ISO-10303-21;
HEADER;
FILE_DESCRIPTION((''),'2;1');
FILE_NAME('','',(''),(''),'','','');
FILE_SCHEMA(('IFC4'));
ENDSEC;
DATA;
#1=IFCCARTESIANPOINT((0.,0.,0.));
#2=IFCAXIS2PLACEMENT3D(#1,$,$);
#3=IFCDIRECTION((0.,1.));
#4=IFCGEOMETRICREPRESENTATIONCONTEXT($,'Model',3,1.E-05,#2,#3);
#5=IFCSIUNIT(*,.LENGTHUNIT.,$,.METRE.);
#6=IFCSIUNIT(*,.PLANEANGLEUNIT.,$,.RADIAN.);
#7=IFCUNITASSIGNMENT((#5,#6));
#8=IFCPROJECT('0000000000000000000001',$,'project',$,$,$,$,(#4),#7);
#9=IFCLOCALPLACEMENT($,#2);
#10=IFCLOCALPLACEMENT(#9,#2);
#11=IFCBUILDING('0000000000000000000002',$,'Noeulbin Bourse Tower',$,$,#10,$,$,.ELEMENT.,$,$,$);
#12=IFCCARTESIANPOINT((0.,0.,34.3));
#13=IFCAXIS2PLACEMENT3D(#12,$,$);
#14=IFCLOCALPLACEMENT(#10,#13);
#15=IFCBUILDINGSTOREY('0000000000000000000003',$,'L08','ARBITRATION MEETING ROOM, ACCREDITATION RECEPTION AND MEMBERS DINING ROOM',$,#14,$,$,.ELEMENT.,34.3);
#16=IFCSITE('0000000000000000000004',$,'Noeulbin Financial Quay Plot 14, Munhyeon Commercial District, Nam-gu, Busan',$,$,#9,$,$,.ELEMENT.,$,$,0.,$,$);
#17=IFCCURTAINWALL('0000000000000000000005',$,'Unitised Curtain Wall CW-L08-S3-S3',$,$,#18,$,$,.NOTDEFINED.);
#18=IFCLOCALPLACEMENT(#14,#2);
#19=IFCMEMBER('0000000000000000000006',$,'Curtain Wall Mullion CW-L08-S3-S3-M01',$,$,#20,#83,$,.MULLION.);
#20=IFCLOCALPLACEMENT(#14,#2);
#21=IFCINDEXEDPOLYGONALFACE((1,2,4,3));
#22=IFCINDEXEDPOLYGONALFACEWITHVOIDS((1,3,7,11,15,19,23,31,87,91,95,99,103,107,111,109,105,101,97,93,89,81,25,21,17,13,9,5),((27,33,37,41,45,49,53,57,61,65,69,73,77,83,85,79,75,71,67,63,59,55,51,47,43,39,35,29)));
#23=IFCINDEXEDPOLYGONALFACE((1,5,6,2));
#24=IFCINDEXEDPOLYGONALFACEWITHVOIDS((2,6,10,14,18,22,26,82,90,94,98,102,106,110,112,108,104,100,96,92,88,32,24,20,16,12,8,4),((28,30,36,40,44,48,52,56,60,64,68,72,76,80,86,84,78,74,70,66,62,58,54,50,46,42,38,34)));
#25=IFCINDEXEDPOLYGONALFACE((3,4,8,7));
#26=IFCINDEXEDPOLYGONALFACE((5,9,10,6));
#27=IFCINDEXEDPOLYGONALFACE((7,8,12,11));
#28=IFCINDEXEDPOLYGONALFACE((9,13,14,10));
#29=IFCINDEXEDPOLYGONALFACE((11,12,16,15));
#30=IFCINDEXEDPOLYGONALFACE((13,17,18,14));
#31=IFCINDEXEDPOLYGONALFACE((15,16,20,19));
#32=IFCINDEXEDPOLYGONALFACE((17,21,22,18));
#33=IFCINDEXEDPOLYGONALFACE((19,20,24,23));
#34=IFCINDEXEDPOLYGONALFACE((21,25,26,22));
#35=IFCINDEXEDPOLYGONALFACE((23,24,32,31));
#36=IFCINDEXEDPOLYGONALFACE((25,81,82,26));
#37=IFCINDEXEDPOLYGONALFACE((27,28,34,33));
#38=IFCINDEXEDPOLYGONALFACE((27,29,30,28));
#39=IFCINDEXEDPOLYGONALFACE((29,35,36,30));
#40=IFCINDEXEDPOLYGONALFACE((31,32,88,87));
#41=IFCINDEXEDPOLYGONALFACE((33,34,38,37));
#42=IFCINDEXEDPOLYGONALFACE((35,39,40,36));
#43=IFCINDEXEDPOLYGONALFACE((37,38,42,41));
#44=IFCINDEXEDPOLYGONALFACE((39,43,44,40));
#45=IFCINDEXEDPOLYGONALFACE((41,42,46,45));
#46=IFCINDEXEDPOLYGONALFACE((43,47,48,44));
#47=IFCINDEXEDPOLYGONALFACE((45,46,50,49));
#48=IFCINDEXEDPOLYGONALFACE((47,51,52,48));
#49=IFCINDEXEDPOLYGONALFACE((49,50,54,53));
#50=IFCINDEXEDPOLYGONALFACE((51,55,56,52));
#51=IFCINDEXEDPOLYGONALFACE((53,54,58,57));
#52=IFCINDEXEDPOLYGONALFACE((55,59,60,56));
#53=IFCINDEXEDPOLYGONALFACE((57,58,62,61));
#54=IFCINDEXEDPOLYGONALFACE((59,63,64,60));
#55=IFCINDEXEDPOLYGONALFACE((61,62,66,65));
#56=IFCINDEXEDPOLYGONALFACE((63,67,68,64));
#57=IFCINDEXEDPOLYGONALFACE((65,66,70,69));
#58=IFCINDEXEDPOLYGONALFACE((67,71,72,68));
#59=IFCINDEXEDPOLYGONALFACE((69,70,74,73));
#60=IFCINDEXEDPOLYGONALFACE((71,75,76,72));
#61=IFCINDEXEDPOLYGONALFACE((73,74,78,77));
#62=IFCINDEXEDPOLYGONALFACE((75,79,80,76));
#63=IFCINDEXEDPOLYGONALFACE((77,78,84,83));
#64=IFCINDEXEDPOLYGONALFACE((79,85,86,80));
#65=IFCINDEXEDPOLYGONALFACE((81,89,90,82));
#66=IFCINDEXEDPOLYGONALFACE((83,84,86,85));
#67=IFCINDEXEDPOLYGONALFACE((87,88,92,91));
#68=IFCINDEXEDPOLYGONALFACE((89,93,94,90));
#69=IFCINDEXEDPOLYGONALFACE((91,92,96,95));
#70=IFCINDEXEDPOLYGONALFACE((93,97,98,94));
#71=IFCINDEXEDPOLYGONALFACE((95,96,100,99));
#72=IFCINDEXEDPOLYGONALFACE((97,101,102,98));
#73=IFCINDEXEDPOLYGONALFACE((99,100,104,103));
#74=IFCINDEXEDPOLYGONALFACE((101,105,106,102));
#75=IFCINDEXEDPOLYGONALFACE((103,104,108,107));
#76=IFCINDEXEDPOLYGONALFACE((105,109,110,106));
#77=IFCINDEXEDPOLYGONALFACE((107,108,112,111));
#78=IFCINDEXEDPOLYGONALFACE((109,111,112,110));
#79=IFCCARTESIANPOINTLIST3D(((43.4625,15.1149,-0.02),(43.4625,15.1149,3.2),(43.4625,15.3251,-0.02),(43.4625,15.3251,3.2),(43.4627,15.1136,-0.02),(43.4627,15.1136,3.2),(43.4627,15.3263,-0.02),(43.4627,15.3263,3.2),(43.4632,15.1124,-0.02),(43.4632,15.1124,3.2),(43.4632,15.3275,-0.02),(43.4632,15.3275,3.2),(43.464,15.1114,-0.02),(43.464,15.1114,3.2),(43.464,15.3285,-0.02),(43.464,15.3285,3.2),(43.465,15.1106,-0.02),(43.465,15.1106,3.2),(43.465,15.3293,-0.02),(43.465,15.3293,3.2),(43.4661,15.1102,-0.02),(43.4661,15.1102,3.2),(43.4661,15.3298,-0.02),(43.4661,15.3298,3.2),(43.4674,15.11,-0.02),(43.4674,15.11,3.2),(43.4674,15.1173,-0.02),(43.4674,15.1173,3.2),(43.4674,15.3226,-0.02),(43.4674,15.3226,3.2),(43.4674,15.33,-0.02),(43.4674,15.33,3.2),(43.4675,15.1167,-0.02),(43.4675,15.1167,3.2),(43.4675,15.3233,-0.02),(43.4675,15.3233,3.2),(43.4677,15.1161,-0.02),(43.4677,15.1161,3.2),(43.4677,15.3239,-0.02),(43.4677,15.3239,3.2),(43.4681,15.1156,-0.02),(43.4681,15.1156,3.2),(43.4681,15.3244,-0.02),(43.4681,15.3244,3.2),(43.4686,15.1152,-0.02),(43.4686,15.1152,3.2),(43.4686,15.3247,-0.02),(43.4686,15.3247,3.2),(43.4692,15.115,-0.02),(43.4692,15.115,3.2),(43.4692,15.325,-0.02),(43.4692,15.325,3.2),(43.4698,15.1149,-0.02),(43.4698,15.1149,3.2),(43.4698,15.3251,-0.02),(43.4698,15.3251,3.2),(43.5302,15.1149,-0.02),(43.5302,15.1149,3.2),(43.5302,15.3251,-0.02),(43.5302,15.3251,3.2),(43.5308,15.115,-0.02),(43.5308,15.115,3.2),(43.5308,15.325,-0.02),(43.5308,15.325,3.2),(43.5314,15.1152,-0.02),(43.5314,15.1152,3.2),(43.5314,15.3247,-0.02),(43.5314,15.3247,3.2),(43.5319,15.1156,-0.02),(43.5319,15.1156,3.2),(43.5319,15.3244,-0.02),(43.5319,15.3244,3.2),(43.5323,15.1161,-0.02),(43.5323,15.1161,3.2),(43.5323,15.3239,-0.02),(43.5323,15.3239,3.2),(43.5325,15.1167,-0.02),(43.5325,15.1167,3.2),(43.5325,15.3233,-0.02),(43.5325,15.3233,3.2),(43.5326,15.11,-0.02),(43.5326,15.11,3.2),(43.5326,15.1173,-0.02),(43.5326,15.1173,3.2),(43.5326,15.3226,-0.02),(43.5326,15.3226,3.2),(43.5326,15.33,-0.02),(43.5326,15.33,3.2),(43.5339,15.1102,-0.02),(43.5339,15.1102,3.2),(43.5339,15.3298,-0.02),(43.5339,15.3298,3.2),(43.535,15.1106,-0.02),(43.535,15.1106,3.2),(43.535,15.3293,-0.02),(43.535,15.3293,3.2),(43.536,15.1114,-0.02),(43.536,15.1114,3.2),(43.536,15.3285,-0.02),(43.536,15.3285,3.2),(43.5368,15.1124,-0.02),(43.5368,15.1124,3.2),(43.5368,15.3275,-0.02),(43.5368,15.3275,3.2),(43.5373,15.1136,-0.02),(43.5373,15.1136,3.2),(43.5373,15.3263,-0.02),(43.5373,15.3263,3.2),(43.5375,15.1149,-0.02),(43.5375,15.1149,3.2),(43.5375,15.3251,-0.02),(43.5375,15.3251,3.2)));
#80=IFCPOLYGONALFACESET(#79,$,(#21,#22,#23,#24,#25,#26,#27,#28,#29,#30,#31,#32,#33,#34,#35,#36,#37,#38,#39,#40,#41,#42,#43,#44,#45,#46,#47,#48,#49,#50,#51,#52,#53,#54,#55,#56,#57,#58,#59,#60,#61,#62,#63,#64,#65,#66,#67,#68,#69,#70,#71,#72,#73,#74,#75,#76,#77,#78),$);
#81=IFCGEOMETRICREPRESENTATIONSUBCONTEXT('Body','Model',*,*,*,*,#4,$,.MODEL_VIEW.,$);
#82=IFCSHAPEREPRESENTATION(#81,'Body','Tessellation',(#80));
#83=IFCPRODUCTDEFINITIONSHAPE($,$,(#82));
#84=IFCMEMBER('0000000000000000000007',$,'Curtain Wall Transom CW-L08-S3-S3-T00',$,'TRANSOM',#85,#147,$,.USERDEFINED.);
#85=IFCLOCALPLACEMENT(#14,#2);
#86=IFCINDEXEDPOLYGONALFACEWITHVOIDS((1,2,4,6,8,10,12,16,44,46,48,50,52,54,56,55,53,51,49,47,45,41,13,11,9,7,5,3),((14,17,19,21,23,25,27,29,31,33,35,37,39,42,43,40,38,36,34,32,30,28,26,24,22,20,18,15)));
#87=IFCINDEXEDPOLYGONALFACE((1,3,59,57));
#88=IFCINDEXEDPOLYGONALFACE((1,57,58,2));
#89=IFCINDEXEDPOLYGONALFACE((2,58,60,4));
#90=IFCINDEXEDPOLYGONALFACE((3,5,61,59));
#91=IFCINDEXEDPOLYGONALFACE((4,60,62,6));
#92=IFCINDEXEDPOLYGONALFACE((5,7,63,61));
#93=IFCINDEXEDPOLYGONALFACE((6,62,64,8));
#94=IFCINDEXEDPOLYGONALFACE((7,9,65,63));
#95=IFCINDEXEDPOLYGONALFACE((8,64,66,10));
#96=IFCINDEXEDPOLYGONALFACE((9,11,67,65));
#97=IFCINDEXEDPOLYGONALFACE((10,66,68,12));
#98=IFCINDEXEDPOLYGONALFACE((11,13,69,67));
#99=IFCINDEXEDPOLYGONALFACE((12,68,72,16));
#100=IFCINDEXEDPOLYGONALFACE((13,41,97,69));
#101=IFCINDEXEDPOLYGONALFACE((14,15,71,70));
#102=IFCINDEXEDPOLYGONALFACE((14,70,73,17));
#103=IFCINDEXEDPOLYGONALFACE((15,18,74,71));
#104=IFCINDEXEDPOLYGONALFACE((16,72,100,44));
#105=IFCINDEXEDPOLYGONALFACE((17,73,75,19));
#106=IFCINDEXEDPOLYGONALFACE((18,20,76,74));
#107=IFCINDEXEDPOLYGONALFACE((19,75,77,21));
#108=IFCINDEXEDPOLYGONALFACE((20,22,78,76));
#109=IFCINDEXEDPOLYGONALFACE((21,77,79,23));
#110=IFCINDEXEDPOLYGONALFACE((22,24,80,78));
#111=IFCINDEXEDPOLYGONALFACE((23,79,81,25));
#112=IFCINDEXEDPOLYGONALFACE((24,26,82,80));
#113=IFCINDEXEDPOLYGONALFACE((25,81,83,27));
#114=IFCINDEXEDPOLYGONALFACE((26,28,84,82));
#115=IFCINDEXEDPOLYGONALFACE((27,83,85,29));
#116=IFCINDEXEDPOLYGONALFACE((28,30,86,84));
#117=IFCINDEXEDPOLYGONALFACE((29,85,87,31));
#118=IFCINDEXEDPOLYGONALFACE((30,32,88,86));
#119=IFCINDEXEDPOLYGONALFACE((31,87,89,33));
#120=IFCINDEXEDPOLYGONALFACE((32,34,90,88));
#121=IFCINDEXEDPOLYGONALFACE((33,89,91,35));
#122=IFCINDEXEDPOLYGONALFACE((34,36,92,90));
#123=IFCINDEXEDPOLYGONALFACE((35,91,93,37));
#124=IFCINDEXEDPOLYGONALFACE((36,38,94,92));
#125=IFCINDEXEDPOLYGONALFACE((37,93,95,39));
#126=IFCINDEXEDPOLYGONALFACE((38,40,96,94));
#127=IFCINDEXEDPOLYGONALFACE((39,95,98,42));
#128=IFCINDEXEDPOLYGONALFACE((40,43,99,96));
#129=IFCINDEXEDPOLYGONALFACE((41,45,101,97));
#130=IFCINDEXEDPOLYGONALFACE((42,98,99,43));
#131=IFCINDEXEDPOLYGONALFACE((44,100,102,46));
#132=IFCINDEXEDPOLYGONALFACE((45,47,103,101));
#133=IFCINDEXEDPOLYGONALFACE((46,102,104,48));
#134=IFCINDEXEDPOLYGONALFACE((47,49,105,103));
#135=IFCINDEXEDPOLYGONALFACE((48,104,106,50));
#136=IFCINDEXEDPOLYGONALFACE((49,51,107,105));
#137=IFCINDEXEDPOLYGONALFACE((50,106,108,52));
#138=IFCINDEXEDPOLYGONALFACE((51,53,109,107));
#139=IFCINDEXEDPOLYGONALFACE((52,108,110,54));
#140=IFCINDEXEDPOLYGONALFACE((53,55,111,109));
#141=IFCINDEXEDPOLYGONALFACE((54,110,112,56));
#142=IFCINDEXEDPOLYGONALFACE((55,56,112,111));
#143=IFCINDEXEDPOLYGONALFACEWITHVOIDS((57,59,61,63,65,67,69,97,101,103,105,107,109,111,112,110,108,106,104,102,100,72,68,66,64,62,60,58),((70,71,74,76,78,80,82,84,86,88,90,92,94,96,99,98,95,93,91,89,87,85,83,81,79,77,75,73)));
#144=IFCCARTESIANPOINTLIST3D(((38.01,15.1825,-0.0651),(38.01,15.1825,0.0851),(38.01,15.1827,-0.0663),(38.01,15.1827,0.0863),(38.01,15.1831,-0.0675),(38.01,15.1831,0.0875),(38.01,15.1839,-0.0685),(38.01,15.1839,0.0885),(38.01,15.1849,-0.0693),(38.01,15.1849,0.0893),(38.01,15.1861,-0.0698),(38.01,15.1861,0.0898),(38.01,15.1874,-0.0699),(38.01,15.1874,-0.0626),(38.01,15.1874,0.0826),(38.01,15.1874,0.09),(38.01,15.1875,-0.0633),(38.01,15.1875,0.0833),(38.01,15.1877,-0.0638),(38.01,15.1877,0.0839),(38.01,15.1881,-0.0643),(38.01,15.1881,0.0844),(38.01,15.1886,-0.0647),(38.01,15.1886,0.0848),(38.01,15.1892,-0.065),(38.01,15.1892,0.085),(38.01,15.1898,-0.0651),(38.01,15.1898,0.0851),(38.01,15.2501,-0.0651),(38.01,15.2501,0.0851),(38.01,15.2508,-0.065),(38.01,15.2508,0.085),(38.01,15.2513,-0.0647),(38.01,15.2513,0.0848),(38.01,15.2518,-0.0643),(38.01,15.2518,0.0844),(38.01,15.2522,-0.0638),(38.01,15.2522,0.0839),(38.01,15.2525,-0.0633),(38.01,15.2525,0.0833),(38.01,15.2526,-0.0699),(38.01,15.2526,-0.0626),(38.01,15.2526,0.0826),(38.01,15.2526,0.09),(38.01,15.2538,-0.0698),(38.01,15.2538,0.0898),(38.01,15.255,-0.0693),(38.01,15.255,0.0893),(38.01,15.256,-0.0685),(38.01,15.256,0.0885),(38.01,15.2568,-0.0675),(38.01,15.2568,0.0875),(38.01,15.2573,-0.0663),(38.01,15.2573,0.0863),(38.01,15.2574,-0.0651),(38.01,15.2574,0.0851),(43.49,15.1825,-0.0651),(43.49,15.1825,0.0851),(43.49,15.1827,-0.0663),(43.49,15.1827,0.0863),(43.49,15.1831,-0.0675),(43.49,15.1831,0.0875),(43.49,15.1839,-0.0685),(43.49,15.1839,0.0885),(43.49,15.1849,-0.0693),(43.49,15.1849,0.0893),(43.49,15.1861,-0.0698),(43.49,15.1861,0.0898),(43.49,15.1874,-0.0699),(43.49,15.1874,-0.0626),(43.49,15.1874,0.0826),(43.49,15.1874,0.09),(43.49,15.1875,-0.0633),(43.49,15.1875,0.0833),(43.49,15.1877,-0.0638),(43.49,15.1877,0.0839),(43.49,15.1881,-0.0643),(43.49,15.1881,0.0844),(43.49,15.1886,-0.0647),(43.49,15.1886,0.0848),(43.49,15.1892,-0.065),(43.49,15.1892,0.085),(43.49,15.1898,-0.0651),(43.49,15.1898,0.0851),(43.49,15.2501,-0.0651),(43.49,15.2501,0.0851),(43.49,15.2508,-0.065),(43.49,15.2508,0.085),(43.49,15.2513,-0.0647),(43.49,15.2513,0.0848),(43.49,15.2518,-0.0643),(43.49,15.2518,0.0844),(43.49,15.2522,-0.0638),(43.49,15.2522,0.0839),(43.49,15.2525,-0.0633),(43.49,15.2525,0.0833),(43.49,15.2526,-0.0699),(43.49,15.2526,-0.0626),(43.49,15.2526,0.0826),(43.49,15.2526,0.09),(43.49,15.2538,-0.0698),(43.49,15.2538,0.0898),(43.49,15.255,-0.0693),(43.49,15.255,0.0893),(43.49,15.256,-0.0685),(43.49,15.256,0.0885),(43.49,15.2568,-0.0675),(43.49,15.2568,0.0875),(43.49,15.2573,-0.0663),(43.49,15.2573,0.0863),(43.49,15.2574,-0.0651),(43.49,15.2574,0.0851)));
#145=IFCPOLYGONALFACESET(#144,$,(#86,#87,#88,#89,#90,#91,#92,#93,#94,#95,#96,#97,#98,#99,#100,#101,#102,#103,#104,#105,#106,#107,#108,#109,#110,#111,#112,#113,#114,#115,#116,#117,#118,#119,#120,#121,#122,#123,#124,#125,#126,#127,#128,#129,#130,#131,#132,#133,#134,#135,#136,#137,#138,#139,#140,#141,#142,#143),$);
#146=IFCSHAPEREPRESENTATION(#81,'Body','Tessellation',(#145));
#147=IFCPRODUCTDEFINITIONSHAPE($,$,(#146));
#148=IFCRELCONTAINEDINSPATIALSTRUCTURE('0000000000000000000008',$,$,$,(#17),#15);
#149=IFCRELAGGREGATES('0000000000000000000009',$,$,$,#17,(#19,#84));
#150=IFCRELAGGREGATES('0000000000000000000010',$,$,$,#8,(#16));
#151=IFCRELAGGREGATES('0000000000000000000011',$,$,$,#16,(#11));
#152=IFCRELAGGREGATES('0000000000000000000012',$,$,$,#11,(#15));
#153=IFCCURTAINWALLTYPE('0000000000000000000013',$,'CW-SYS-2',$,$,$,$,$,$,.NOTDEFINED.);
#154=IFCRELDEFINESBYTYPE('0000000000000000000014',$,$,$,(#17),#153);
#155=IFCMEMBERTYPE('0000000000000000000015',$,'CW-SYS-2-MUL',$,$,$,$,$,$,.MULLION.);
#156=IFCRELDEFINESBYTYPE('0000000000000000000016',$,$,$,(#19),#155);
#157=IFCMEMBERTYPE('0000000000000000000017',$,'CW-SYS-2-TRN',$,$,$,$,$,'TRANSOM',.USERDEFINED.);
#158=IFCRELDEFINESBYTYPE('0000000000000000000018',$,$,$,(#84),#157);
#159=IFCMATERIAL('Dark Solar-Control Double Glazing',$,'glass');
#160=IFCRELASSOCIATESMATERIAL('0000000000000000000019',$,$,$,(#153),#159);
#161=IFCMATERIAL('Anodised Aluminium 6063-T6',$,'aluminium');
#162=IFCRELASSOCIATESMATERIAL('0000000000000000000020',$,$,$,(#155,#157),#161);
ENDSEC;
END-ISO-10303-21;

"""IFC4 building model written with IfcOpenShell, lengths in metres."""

from ifc_helpers import new_model, si_unit, direction, frame, origin, origin_2d, place, context, subcontext, project, spatial, hollow_rectangle, extrude, material, material_profile, profile_set, type_object, element, aggregate, save


model = new_model("IFC4")

# Units and contexts
model_context = context("Model", 3, precision=1e-05, world=origin(), true_north=direction((0.0, 1.0)))
body_context = subcontext(model_context, "Body", "Model", "MODEL_VIEW")
ifc_project = project(units=[si_unit("LENGTHUNIT", "METRE"), si_unit("PLANEANGLEUNIT", "RADIAN")], contexts=[model_context])

# Site, building, storey
site_placement = place(None, origin())
site = spatial("IfcSite", under=ifc_project, at=site_placement, Name="Noeulbin Financial Quay Plot 14, Munhyeon Commercial District, Nam-gu, Busan", CompositionType="ELEMENT", RefElevation=0.0)
building_placement = place(site_placement, origin())
building = spatial("IfcBuilding", under=site, at=building_placement, Name="Noeulbin Bourse Tower", CompositionType="ELEMENT")
storey_placement = place(building_placement, frame((0.0, 0.0, 34.3)))
storey = spatial("IfcBuildingStorey", under=building, at=storey_placement, Name="L08", Description="ARBITRATION MEETING ROOM, ACCREDITATION RECEPTION AND MEMBERS DINING ROOM", CompositionType="ELEMENT", Elevation=34.3)

# Curtain wall, members
ifc_material_1 = material(Name="Dark Solar-Control Double Glazing", Category="glass")
curtain_wall_type = type_object("IfcCurtainWallType", Name="CW-SYS-2", PredefinedType="NOTDEFINED", material=ifc_material_1)
curtain_wall_placement = place(storey_placement, origin())
curtain_wall = element("IfcCurtainWall", 1, at=curtain_wall_placement, inside=storey, type_object=curtain_wall_type, Name="Unitised Curtain Wall CW-L08-S3-S3", PredefinedType="NOTDEFINED")
ifc_material_2 = material(Name="Anodised Aluminium 6063-T6", Category="aluminium")
ifc_material_profile_1 = material_profile(ifc_material_2, hollow_rectangle(XDim=0.075, YDim=0.22, WallThickness=0.0049, InnerFilletRadius=0.0024, OuterFilletRadius=0.0049, at=origin_2d()), Name="ALU-MULL-75x220x5", Category="LoadBearing")
ifc_profile_set_1 = profile_set([ifc_material_profile_1], Name="Anodised Aluminium 6063-T6")
member_type_1 = type_object("IfcMemberType", Name="CW-SYS-2-MUL", PredefinedType="MULLION", material=ifc_profile_set_1)
member_1_placement = place(storey_placement, frame((43.5, 15.22, -0.02), z_axis=(0.0, 0.0, 1.0), x_axis=(1.0, 0.0, 0.0)))
member_1 = element("IfcMember", 2, at=member_1_placement, type_object=member_type_1, Name="Curtain Wall Mullion CW-L08-S3-S3-M01", PredefinedType="MULLION", context=body_context, shape_type="SweptSolid", body=[
    extrude(hollow_rectangle(XDim=0.075, YDim=0.22, WallThickness=0.0049, InnerFilletRadius=0.0024, OuterFilletRadius=0.0049, at=origin_2d()), origin(), (0.0, 0.0, 1.0), 3.22),
])
ifc_material_profile_2 = material_profile(ifc_material_2, hollow_rectangle(XDim=0.075, YDim=0.1599, WallThickness=0.0049, InnerFilletRadius=0.0024, OuterFilletRadius=0.0049, at=origin_2d()), Name="ALU-TRAN-75x160x5", Category="LoadBearing")
ifc_profile_set_2 = profile_set([ifc_material_profile_2], Name="Anodised Aluminium 6063-T6")
member_type_2 = type_object("IfcMemberType", Name="CW-SYS-2-TRN", ElementType="TRANSOM", PredefinedType="USERDEFINED", material=ifc_profile_set_2)
member_2_placement = place(storey_placement, frame((38.01, 15.22, 0.01), z_axis=(1.0, 0.0, 0.0), x_axis=(0.0, 1.0, 0.0)))
member_2 = element("IfcMember", 3, at=member_2_placement, type_object=member_type_2, Name="Curtain Wall Transom CW-L08-S3-S3-T00", ObjectType="TRANSOM", PredefinedType="USERDEFINED", context=body_context, shape_type="SweptSolid", body=[
    extrude(hollow_rectangle(XDim=0.075, YDim=0.1599, WallThickness=0.0049, InnerFilletRadius=0.0024, OuterFilletRadius=0.0049, at=origin_2d()), origin(), (0.0, 0.0, 1.0), 5.48),
])
aggregate(curtain_wall, [member_1, member_2])

save(model, "model.ifc")
